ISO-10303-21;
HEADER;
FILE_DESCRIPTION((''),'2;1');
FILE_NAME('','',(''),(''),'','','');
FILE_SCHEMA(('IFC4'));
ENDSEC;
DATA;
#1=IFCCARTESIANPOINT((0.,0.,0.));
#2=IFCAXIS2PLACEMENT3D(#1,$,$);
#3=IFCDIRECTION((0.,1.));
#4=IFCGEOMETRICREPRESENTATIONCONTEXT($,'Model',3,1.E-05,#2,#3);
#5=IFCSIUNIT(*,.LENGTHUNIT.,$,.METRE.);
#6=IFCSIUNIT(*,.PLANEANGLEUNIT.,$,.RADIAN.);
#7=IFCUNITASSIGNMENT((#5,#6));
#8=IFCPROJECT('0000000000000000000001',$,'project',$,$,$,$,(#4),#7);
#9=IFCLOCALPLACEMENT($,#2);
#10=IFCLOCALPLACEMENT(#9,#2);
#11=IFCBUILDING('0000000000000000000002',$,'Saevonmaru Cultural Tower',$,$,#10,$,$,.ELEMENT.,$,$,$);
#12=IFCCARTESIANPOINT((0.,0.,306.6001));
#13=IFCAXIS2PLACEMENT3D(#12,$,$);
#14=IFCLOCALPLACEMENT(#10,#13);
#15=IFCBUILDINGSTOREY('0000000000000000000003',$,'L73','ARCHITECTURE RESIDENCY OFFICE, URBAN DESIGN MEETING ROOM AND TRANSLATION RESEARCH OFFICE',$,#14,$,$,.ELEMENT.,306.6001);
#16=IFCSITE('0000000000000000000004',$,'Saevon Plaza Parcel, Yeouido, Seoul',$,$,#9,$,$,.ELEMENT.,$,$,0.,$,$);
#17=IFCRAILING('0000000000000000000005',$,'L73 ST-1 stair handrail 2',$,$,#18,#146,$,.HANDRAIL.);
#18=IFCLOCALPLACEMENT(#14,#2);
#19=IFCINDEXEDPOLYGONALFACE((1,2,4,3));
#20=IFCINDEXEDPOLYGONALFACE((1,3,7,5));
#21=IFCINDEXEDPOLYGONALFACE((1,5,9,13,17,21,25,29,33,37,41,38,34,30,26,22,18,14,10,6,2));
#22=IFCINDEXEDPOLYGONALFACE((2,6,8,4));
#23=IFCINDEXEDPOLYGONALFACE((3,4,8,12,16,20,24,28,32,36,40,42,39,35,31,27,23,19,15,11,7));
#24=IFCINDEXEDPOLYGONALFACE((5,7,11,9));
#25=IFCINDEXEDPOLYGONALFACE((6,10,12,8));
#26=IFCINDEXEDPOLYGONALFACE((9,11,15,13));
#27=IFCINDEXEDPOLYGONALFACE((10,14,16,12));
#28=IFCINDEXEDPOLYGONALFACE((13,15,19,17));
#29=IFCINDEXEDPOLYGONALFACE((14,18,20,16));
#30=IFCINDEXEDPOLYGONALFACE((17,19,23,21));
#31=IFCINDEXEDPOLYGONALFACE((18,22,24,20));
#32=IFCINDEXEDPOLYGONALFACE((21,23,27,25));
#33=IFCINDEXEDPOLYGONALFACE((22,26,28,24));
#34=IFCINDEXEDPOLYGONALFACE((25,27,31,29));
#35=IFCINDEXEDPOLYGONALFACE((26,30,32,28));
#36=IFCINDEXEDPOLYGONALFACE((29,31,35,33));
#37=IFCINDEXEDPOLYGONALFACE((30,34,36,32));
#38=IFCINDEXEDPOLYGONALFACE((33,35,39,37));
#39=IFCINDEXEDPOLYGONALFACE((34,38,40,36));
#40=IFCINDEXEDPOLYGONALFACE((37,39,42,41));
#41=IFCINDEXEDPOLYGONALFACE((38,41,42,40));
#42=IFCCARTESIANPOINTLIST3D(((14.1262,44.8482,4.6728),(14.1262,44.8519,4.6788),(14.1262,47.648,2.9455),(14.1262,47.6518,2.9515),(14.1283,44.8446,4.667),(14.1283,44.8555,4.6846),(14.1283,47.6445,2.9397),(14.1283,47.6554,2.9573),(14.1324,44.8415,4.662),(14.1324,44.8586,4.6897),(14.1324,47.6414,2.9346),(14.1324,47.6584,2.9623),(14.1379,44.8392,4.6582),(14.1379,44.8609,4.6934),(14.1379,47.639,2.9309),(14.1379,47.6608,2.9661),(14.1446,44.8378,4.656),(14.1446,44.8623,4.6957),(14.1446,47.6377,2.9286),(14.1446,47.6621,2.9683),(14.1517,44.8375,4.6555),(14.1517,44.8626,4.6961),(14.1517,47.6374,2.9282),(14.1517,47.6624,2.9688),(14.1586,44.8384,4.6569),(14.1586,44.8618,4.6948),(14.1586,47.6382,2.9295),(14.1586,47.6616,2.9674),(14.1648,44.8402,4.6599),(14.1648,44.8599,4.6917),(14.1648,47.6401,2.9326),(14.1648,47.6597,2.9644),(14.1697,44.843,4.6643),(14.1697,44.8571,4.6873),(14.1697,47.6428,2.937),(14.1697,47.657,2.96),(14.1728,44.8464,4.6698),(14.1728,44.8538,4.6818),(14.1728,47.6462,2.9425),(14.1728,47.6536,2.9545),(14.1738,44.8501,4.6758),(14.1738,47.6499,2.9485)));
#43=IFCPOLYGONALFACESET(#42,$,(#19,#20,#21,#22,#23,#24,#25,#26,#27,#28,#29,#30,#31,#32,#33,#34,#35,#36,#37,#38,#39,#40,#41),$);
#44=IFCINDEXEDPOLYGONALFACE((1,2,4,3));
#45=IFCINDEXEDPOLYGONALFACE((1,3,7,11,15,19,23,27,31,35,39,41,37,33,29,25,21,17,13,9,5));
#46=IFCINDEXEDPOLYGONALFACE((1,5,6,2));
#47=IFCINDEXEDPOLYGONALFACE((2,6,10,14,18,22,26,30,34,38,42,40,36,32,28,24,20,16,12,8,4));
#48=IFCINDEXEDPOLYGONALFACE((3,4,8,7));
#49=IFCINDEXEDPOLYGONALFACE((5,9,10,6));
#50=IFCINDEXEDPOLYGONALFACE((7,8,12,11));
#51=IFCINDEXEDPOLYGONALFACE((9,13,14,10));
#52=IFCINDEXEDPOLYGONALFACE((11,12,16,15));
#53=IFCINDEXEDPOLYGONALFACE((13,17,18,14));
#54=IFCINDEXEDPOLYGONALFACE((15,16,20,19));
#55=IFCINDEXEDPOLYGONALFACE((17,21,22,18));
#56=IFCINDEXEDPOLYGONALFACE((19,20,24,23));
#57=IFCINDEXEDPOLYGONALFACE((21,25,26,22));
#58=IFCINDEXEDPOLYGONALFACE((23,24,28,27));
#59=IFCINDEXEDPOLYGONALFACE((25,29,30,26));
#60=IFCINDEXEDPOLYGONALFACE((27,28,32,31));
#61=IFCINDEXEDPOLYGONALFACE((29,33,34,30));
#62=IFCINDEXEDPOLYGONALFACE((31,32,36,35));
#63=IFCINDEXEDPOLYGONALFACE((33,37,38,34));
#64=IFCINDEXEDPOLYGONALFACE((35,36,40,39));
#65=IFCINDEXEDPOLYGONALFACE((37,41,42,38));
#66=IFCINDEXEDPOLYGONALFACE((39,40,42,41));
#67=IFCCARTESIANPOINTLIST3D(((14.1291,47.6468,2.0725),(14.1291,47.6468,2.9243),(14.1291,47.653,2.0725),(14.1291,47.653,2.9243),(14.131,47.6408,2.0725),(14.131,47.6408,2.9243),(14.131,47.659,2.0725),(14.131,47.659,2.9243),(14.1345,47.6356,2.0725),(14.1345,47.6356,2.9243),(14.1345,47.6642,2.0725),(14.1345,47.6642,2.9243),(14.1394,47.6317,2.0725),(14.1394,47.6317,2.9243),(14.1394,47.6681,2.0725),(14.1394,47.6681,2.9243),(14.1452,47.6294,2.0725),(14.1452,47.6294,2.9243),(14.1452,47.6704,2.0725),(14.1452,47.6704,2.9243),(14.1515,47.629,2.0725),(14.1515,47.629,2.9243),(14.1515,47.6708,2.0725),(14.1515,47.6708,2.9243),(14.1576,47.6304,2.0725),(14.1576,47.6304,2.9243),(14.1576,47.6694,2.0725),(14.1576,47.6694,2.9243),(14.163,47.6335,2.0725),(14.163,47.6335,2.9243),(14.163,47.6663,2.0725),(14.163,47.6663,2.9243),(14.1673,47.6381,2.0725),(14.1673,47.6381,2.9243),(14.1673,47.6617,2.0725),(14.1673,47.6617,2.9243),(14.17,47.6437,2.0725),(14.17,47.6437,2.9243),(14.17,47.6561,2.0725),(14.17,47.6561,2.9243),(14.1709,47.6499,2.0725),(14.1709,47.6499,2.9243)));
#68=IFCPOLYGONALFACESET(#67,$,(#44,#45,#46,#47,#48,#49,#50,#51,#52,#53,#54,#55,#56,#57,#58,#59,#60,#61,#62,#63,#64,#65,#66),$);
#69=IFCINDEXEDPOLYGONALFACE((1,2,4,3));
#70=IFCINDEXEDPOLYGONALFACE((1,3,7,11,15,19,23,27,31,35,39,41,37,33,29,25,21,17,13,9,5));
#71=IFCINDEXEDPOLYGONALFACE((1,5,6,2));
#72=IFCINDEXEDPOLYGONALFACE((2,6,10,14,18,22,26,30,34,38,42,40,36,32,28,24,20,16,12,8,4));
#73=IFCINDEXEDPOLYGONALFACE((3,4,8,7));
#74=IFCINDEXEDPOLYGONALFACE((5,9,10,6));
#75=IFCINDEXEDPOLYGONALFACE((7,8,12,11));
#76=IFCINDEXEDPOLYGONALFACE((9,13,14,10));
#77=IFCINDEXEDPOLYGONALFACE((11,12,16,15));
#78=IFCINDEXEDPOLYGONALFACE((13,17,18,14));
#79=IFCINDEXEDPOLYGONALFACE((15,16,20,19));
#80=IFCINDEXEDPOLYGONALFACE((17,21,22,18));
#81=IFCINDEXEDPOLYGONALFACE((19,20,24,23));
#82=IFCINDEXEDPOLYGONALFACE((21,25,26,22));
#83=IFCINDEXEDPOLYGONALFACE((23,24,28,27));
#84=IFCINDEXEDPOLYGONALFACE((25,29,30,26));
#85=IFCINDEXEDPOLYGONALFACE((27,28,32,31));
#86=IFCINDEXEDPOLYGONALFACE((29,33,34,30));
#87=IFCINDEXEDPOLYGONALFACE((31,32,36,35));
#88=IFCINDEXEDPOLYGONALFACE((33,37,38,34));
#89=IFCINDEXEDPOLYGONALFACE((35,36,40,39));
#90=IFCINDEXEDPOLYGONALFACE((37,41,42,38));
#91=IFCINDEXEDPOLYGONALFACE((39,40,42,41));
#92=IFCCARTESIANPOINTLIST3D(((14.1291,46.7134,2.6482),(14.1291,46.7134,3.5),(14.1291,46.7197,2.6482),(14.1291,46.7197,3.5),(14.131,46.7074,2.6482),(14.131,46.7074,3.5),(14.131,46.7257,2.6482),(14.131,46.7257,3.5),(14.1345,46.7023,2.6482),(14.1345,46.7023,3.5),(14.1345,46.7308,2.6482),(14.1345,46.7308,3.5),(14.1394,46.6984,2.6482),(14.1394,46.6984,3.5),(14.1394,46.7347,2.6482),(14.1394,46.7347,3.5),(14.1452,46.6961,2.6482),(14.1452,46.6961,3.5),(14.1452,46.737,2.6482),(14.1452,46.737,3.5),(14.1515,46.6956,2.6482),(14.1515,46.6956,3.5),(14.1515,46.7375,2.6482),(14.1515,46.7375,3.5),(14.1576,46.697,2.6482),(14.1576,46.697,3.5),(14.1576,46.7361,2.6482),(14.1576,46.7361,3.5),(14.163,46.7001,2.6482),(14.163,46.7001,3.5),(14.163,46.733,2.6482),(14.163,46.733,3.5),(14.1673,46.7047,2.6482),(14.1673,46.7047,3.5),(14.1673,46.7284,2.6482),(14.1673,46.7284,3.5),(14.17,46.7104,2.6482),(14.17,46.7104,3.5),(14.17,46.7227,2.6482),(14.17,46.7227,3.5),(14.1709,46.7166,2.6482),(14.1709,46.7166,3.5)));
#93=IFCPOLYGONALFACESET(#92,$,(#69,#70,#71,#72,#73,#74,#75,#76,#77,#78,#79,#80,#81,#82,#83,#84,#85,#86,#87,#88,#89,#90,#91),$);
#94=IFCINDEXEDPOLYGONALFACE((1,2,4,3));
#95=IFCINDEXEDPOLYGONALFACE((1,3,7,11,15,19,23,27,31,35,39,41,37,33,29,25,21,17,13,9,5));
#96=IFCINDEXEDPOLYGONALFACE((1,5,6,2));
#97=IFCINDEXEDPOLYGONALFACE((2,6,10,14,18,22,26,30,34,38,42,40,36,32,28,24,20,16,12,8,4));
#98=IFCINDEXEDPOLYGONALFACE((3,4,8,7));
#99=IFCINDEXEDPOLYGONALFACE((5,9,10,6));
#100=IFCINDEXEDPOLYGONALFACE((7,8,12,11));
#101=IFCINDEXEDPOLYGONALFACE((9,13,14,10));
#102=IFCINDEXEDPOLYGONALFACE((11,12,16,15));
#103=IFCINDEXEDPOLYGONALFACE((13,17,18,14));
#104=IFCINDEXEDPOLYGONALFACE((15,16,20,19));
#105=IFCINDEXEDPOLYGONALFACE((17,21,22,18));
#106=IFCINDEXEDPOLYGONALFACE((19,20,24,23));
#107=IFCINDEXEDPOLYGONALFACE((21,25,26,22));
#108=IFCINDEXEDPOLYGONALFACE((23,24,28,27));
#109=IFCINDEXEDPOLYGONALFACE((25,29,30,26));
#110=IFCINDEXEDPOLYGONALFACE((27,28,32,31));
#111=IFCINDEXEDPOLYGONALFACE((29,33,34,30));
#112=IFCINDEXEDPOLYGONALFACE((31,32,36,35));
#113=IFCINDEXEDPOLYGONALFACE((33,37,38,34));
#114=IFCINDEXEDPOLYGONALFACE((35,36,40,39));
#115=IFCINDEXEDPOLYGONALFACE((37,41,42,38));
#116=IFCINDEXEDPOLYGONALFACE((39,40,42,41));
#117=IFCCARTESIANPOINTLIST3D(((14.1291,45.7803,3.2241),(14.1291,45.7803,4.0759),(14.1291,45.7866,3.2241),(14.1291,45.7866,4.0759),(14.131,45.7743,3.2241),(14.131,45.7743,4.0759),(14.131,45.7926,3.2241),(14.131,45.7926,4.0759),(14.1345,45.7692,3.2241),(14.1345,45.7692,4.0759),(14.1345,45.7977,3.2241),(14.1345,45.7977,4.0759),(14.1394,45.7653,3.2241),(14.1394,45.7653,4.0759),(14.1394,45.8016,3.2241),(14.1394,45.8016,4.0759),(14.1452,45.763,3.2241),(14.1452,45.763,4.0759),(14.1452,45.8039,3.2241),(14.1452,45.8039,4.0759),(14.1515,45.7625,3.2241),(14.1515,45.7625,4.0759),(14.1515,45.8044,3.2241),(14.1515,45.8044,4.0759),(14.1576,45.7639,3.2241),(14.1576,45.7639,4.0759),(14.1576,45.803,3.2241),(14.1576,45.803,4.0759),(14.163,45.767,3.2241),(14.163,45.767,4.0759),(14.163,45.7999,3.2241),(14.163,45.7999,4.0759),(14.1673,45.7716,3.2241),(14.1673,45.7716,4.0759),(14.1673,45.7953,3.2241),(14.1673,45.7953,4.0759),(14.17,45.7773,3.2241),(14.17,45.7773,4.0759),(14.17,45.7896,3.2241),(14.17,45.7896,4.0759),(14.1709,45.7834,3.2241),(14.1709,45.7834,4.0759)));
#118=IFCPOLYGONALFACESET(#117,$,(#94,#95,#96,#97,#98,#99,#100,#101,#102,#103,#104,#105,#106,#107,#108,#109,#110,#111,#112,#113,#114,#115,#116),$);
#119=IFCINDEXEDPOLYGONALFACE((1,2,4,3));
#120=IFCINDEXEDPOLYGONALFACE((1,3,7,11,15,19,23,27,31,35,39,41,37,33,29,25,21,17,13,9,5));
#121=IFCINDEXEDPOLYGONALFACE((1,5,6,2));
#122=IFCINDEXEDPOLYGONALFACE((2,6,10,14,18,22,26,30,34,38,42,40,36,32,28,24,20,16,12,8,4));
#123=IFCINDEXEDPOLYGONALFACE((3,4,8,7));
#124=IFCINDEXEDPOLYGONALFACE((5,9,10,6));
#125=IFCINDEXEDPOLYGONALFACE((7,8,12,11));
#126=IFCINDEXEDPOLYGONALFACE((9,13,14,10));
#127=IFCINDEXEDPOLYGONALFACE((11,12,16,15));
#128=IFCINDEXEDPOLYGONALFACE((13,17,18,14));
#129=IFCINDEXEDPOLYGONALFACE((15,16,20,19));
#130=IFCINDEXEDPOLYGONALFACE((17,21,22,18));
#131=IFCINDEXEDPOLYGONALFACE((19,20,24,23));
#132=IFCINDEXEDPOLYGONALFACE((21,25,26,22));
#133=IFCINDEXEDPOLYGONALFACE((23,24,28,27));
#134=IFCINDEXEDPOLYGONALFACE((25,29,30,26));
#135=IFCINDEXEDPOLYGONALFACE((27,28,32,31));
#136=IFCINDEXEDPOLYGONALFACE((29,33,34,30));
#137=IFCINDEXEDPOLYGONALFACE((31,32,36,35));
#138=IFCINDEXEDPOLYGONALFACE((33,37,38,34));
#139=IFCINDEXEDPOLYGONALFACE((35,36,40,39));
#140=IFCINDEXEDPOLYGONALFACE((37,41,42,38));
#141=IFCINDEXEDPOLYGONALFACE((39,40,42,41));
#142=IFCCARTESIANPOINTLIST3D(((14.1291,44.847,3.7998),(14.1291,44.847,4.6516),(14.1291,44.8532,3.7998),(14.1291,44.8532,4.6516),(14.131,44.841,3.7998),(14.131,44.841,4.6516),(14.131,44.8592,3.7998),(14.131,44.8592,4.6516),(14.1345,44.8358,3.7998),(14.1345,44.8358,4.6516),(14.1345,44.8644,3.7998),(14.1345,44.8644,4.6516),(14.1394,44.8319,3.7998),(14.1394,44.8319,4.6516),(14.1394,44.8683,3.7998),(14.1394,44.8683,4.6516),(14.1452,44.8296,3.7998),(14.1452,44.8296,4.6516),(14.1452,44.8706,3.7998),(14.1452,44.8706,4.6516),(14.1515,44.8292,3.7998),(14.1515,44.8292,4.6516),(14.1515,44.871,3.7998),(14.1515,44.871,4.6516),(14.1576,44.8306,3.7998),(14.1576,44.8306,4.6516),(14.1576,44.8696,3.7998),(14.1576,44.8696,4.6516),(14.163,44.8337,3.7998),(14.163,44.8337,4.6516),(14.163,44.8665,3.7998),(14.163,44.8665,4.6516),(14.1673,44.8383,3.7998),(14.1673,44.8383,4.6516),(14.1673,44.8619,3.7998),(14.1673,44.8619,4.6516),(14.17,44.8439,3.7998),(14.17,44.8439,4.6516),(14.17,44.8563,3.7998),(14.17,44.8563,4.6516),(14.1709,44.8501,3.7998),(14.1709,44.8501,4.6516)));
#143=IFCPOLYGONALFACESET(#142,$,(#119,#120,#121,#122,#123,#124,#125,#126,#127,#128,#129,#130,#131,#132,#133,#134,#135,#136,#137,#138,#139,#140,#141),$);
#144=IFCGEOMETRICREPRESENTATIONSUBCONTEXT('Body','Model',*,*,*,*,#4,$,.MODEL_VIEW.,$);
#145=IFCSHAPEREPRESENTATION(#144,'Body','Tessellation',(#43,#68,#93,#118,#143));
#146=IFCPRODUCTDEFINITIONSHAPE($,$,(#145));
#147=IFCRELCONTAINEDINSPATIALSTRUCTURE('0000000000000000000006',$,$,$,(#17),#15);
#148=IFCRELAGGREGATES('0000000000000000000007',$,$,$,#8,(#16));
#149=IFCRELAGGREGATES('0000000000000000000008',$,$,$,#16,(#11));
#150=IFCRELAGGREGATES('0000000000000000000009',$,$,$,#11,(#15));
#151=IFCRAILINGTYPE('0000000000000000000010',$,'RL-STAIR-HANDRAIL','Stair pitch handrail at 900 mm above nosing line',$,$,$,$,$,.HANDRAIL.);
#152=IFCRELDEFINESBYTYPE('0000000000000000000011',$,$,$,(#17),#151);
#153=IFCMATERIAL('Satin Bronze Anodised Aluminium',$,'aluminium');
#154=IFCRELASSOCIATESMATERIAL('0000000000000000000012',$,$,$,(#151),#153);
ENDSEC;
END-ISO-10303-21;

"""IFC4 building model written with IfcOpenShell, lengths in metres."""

from ifc_helpers import new_model, si_unit, direction, frame, origin, origin_2d, place, context, subcontext, project, spatial, circle, extrude, material, type_object, element, save


model = new_model("IFC4")

# Units and contexts
model_context = context("Model", 3, precision=1e-05, world=origin(), true_north=direction((0.0, 1.0)))
body_context = subcontext(model_context, "Body", "Model", "MODEL_VIEW")
ifc_project = project(units=[si_unit("LENGTHUNIT", "METRE"), si_unit("PLANEANGLEUNIT", "RADIAN")], contexts=[model_context])

# Site, building, storey
site_placement = place(None, origin())
site = spatial("IfcSite", under=ifc_project, at=site_placement, Name="Saevon Plaza Parcel, Yeouido, Seoul", CompositionType="ELEMENT", RefElevation=0.0)
building_placement = place(site_placement, origin())
building = spatial("IfcBuilding", under=site, at=building_placement, Name="Saevonmaru Cultural Tower", CompositionType="ELEMENT")
storey_placement = place(building_placement, frame((0.0, 0.0, 306.6001)))
storey = spatial("IfcBuildingStorey", under=building, at=storey_placement, Name="L73", Description="ARCHITECTURE RESIDENCY OFFICE, URBAN DESIGN MEETING ROOM AND TRANSLATION RESEARCH OFFICE", CompositionType="ELEMENT", Elevation=306.6001)

# Shared definitions
ifc_material_1 = material(Name="Satin Bronze Anodised Aluminium", Category="aluminium")

# Railing
railing_type_1 = type_object("IfcRailingType", Name="RL-STAIR-HANDRAIL", Description="Stair pitch handrail at 900 mm above nosing line", PredefinedType="HANDRAIL", material=ifc_material_1)
railing_1_placement = place(storey_placement, frame((14.1499, 47.6499, 2.0725)))
element("IfcRailing", 1, at=railing_1_placement, inside=storey, type_object=railing_type_1, Name="L73 ST-1 stair handrail 2", PredefinedType="HANDRAIL", context=body_context, shape_type="SweptSolid", body=[
    extrude(circle(Radius=0.0239, at=origin_2d()), frame((0.0, 0.0, 0.876), z_axis=(0.0, -0.851069, 0.525054), x_axis=(1.0, 0.0, 0.0)), (0.0, 0.0, 1.0), 3.2898),
    extrude(circle(Radius=0.021, at=origin_2d()), origin(), (0.0, 0.0, 1.0), 0.8518),
    extrude(circle(Radius=0.021, at=origin_2d()), frame((0.0, -0.9333, 0.5757)), (0.0, 0.0, 1.0), 0.8518),
    extrude(circle(Radius=0.021, at=origin_2d()), frame((0.0, -1.8665, 1.1516)), (0.0, 0.0, 1.0), 0.8518),
    extrude(circle(Radius=0.021, at=origin_2d()), frame((0.0, -2.7998, 1.7273)), (0.0, 0.0, 1.0), 0.8518),
])

save(model, "model.ifc")
